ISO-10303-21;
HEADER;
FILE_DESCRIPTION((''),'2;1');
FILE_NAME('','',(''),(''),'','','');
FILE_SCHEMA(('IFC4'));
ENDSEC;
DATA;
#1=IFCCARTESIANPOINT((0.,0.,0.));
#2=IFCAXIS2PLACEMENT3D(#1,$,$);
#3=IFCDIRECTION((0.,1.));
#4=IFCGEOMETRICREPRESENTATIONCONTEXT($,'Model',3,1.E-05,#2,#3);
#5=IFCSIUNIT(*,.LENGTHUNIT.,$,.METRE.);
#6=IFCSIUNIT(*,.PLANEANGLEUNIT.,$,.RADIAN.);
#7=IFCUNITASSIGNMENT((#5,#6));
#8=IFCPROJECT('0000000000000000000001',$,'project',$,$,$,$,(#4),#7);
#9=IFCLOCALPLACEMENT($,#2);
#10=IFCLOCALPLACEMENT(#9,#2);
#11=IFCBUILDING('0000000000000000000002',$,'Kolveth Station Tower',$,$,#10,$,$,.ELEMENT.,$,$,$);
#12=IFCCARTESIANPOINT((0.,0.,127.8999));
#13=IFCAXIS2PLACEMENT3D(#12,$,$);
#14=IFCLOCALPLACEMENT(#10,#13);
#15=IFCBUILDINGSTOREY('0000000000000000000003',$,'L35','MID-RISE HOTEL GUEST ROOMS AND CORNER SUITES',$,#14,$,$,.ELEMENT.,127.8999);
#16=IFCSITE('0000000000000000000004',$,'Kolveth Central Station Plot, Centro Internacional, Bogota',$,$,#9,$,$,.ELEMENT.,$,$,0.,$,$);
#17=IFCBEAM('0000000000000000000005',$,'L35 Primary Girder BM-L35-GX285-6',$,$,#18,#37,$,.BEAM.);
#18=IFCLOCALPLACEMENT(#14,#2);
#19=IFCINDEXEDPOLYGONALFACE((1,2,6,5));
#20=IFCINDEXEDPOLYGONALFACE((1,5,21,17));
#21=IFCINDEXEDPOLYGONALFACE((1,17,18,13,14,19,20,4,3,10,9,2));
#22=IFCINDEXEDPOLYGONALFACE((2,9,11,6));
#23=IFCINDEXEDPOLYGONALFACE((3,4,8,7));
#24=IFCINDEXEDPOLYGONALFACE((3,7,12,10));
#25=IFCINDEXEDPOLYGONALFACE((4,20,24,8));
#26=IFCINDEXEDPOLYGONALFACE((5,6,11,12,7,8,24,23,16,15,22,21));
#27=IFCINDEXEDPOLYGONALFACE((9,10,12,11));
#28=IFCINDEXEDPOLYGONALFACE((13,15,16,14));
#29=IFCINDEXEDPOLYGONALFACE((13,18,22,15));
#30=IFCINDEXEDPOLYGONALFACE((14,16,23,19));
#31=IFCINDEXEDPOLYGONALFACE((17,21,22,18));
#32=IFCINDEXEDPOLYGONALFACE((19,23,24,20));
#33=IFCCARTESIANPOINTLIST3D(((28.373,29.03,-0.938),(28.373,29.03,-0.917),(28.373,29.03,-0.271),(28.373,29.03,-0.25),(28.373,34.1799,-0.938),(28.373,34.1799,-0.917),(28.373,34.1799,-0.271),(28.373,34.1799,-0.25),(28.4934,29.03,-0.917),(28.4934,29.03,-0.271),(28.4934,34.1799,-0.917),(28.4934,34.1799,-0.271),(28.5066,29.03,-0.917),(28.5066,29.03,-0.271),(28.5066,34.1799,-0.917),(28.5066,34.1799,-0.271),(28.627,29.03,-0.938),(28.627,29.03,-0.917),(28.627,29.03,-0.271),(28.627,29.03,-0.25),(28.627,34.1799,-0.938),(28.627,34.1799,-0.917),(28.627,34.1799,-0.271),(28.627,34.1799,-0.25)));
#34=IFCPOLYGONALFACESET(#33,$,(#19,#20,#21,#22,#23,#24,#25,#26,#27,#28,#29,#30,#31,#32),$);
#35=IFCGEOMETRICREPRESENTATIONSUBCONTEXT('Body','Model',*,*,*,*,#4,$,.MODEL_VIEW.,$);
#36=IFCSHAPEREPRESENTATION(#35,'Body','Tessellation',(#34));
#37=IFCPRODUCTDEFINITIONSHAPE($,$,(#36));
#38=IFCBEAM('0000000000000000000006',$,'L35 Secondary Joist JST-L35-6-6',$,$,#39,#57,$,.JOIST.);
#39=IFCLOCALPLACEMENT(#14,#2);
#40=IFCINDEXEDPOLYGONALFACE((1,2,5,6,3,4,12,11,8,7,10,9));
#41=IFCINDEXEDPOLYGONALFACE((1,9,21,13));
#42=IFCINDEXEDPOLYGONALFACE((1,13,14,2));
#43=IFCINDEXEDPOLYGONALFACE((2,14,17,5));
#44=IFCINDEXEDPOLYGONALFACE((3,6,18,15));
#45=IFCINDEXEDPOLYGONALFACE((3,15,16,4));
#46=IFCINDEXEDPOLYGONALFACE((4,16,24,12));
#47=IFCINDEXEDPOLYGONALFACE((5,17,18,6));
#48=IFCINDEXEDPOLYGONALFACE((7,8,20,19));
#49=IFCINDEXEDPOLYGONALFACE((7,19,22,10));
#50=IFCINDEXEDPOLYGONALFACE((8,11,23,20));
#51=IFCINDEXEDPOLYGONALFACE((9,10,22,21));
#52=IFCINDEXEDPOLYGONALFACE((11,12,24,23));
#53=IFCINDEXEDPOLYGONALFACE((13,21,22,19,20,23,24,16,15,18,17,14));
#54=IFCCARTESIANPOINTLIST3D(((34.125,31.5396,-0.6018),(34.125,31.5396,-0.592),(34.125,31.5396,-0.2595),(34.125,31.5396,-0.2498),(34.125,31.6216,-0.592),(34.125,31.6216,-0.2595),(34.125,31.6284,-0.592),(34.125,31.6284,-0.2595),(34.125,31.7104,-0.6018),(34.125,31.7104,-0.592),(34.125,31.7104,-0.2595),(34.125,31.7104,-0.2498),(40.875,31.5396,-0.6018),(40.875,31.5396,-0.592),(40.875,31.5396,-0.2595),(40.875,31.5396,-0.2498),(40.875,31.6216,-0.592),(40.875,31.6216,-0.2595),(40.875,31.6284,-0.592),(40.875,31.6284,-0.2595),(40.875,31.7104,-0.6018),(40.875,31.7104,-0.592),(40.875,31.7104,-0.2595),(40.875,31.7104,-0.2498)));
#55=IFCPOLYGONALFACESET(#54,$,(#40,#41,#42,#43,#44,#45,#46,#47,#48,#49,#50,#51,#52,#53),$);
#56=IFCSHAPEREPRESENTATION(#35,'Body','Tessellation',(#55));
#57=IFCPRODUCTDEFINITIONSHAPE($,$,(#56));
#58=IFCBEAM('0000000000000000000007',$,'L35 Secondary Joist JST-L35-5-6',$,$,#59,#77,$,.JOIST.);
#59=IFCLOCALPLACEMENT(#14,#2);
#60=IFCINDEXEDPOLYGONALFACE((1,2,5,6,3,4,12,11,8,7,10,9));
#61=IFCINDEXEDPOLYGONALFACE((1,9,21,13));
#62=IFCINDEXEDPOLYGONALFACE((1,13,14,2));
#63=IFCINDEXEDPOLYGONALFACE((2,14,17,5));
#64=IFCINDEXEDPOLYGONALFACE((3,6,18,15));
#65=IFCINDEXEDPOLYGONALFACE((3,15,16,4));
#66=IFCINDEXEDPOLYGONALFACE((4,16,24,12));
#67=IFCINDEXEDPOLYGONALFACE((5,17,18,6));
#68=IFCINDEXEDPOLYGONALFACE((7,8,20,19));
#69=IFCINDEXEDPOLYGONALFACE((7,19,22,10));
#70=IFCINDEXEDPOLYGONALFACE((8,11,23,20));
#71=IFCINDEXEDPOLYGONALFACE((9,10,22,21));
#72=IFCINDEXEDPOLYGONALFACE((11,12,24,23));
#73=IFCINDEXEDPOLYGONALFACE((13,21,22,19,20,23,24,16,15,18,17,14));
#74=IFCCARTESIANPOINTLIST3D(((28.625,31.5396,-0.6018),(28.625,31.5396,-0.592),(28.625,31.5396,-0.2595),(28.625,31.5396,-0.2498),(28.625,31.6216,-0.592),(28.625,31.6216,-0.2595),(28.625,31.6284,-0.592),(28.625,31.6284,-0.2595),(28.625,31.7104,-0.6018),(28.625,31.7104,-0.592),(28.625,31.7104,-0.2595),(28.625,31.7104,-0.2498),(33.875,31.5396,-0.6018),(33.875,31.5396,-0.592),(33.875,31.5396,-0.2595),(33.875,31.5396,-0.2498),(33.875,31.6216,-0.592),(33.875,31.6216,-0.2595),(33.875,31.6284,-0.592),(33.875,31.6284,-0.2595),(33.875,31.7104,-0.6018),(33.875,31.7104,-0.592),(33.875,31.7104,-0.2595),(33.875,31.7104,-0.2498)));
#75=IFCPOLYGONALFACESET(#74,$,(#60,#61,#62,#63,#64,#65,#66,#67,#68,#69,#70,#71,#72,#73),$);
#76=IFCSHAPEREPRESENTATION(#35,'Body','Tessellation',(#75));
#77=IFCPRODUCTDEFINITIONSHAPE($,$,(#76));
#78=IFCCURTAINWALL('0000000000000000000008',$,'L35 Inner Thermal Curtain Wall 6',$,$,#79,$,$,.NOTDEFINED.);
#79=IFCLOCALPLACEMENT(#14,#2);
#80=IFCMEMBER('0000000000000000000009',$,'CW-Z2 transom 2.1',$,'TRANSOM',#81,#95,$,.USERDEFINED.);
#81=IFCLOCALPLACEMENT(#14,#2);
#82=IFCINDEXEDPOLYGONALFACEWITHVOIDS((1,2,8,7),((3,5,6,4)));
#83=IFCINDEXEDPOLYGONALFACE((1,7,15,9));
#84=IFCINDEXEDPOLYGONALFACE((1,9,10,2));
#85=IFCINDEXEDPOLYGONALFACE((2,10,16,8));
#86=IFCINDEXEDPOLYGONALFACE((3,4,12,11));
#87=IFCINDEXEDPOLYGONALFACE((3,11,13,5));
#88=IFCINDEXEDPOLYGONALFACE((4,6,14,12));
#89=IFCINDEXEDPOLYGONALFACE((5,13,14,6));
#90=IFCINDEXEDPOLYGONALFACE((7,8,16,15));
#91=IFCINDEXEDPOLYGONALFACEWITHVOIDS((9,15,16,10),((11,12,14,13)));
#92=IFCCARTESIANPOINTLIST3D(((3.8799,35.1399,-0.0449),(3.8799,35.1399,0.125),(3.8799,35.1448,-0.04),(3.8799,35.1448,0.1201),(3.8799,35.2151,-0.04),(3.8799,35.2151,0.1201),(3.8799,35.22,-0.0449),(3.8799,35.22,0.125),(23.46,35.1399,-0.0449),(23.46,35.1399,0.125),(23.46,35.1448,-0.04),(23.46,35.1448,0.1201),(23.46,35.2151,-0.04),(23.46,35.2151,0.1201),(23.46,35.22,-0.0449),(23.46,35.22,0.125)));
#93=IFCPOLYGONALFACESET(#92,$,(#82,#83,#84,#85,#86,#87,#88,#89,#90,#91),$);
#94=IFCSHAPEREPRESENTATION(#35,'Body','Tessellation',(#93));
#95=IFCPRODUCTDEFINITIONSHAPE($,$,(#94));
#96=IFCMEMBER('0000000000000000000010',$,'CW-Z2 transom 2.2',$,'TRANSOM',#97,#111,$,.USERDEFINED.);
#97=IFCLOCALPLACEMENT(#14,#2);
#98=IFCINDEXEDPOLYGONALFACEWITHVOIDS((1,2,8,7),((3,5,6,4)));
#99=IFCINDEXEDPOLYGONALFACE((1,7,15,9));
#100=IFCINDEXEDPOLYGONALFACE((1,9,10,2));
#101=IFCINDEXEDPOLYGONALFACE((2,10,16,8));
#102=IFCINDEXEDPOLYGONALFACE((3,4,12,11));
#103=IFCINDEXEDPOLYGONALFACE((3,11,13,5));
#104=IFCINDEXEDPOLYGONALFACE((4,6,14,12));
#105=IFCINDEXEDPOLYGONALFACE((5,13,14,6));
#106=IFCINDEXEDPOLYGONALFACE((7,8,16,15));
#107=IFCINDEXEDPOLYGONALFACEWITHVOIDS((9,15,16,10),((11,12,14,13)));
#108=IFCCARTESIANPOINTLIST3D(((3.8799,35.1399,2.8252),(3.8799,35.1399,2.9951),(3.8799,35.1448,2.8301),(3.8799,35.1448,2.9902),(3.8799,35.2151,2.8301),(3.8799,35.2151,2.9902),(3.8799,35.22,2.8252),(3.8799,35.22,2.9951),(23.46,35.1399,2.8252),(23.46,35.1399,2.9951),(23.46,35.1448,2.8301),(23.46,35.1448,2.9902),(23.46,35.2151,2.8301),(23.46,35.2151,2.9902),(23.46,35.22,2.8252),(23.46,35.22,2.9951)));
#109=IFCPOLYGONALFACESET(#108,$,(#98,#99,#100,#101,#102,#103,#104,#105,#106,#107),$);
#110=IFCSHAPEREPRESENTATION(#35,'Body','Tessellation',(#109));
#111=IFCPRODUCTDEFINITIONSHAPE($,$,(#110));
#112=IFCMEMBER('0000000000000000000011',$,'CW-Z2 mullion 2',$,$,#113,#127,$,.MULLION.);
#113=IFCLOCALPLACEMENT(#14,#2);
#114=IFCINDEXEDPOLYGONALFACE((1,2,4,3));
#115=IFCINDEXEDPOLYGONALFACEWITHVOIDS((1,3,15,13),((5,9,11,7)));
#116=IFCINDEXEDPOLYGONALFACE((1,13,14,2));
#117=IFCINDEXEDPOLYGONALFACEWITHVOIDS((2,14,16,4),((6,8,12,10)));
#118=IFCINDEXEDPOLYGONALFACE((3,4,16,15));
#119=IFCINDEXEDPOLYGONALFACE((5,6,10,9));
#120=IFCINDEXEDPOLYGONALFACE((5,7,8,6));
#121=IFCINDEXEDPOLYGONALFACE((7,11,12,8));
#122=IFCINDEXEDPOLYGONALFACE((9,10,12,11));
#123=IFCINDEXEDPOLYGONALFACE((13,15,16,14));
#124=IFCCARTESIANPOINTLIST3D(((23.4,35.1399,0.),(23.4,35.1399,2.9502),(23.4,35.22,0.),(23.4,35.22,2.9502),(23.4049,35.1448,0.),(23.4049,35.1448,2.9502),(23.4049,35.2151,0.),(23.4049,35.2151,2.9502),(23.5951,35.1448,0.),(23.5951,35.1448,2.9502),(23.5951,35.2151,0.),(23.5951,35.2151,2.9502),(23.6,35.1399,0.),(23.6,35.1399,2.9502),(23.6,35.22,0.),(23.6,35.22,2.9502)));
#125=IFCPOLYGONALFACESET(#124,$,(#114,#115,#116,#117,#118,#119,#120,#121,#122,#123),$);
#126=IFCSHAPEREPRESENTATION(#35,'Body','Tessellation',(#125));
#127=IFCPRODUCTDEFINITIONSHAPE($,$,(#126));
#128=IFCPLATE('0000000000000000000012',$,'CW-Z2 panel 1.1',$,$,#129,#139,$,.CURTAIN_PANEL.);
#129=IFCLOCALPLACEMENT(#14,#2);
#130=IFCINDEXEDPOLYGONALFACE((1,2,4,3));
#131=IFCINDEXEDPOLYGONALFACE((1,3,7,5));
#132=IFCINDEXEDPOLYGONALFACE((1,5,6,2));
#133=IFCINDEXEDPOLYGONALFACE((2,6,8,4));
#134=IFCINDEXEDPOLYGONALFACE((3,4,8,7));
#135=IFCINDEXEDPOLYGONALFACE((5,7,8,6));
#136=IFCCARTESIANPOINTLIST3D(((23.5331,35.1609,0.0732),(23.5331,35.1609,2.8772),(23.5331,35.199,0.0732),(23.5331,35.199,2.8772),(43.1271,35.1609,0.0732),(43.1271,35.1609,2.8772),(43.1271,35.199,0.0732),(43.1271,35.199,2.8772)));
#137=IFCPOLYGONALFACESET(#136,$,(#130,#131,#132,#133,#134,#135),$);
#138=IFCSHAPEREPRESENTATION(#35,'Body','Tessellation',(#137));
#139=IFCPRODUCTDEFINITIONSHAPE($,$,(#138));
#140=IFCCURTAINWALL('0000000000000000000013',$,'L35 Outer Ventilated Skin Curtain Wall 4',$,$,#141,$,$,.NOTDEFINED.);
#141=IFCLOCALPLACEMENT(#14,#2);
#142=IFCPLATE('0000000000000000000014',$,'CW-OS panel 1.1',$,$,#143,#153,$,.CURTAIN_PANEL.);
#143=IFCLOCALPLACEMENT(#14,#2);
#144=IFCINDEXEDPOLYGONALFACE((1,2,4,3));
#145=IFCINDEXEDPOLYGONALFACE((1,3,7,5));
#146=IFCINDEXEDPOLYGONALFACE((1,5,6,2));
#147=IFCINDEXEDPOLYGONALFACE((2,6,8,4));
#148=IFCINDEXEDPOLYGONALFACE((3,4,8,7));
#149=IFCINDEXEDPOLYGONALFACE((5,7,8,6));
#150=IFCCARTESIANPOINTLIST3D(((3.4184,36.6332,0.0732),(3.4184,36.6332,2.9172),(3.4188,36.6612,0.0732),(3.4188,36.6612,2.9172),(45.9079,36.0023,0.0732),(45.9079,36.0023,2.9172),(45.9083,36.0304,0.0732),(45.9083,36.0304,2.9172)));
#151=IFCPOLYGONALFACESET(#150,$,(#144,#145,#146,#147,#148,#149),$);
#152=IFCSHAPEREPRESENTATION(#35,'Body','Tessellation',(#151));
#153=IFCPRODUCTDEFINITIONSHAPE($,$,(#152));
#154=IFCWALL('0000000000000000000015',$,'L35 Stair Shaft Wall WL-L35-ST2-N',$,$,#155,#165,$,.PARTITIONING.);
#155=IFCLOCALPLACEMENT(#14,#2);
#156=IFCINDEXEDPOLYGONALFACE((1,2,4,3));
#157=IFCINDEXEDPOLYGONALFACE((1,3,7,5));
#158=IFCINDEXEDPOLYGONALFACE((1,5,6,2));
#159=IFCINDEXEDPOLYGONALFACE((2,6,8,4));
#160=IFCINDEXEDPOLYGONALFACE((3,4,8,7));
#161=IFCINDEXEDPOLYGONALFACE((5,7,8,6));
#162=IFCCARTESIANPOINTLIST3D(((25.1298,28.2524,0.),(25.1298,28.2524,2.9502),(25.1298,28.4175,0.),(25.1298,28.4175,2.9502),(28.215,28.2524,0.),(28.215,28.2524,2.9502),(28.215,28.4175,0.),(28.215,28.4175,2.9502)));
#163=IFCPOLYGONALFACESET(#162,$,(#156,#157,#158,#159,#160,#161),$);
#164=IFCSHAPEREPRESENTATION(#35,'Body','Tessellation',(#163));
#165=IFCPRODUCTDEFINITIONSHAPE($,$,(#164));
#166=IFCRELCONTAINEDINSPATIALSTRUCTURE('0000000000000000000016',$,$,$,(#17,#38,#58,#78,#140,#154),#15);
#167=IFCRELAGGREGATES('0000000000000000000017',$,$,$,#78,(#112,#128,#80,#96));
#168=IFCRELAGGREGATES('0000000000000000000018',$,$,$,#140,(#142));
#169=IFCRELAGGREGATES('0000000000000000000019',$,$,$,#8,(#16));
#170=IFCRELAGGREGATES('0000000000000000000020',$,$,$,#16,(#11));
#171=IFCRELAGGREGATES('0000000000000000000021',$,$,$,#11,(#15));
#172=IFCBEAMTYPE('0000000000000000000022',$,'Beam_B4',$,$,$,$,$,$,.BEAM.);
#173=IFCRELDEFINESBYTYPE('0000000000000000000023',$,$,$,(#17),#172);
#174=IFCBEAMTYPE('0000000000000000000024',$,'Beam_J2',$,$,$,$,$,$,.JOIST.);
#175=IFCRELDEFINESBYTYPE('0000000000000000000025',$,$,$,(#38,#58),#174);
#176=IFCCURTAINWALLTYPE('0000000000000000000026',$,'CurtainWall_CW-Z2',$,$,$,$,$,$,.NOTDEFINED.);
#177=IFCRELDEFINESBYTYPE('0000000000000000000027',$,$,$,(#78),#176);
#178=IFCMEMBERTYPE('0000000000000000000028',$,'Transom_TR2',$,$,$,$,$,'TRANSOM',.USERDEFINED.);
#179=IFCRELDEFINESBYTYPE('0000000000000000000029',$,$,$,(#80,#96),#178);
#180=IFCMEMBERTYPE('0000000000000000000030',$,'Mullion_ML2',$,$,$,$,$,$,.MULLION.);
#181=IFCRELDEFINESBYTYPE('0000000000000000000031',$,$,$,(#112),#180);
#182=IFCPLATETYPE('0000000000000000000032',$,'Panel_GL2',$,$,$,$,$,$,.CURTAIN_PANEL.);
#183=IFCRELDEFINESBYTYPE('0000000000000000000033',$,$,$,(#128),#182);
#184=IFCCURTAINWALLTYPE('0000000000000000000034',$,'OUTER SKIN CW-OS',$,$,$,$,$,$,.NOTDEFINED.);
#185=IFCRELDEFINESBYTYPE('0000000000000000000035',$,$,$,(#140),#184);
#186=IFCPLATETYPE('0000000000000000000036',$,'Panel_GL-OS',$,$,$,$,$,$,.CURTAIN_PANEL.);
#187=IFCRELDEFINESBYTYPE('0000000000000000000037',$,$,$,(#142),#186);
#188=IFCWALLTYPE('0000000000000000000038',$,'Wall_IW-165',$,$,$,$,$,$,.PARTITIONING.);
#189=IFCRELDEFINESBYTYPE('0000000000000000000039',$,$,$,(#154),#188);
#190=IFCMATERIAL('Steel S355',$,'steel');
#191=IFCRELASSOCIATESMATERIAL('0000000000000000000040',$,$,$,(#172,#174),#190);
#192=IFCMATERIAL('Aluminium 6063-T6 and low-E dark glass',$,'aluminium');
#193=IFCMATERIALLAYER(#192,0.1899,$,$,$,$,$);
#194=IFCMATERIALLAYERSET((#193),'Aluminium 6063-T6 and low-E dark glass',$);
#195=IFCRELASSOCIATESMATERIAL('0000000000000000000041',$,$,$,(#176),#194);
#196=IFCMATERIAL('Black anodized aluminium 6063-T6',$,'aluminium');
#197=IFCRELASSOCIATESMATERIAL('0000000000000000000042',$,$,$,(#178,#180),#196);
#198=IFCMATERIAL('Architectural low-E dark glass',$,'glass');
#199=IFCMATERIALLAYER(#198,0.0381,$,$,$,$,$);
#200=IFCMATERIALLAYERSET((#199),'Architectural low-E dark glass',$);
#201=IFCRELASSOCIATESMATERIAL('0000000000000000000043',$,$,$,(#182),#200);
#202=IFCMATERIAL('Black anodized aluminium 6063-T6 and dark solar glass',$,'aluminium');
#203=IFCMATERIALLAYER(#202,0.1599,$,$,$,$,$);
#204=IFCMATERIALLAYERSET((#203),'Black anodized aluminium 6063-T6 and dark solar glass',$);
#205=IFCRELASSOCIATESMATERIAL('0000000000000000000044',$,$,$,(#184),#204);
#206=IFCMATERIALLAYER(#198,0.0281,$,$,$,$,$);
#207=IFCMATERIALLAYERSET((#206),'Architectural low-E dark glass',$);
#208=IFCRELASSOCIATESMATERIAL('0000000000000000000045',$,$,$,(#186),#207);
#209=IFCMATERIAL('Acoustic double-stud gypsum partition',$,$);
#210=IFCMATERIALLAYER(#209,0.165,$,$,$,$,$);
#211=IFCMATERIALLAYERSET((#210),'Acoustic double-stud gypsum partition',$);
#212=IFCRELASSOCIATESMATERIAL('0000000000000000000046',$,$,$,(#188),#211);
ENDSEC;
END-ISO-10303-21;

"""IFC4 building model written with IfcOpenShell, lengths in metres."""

from ifc_helpers import new_model, si_unit, direction, frame, frame_2d, origin, origin_2d, place, context, subcontext, project, spatial, rectangle, hollow_rectangle, i_section, extrude, source, transform, mapped, material, layer, layer_set, material_profile, profile_set, type_object, element, aggregate, save


model = new_model("IFC4")

# Units and contexts
model_context = context("Model", 3, precision=1e-05, world=origin(), true_north=direction((0.0, 1.0)))
body_context = subcontext(model_context, "Body", "Model", "MODEL_VIEW")
ifc_project = project(units=[si_unit("LENGTHUNIT", "METRE"), si_unit("PLANEANGLEUNIT", "RADIAN")], contexts=[model_context])

# Site, building, storey
site_placement = place(None, origin())
site = spatial("IfcSite", under=ifc_project, at=site_placement, Name="Kolveth Central Station Plot, Centro Internacional, Bogota", CompositionType="ELEMENT", RefElevation=0.0)
building_placement = place(site_placement, origin())
building = spatial("IfcBuilding", under=site, at=building_placement, Name="Kolveth Station Tower", CompositionType="ELEMENT")
storey_placement = place(building_placement, frame((0.0, 0.0, 127.8999)))
storey = spatial("IfcBuildingStorey", under=building, at=storey_placement, Name="L35", Description="MID-RISE HOTEL GUEST ROOMS AND CORNER SUITES", CompositionType="ELEMENT", Elevation=127.8999)

# Shared definitions
ifc_material_1 = material(Name="Steel S355", Category="steel")

# Beams
ifc_material_profile_1 = material_profile(ifc_material_1, i_section(OverallWidth=0.2539, OverallDepth=0.688, WebThickness=0.0132, FlangeThickness=0.021, at=origin_2d()), Name="W690x152")
ifc_profile_set_1 = profile_set([ifc_material_profile_1], Name="Steel S355")
beam_type_1 = type_object("IfcBeamType", Name="Beam_B4", PredefinedType="BEAM", material=ifc_profile_set_1)
shared_shape_1 = source(origin(), body_context, "Body", "SweptSolid", [
    extrude(i_section(OverallWidth=0.2539, OverallDepth=0.688, WebThickness=0.0132, FlangeThickness=0.021, at=origin_2d()), origin(), (0.0, 0.0, 1.0), 5.1499),
])
beam_1_placement = place(storey_placement, frame((28.5, 29.03, -0.594), z_axis=(0.0, 1.0, 0.0), x_axis=(-1.0, 0.0, 0.0)))
element("IfcBeam", 1, at=beam_1_placement, inside=storey, type_object=beam_type_1, Name="L35 Primary Girder BM-L35-GX285-6", PredefinedType="BEAM", context=body_context, shape_type="MappedRepresentation", body=[
    mapped(shared_shape_1, transform((0.0, 0.0, 0.0), x_axis=(1.0, 0.0, 0.0), y_axis=(0.0, 1.0, 0.0), z_axis=(0.0, 0.0, 1.0), scale=1.0)),
])
ifc_material_profile_2 = material_profile(ifc_material_1, i_section(OverallWidth=0.1709, OverallDepth=0.3521, WebThickness=0.0068, FlangeThickness=0.0098, at=origin_2d()), Name="W360x44")
ifc_profile_set_2 = profile_set([ifc_material_profile_2], Name="Steel S355")
beam_type_2 = type_object("IfcBeamType", Name="Beam_J2", PredefinedType="JOIST", material=ifc_profile_set_2)
shared_shape_2 = source(origin(), body_context, "Body", "SweptSolid", [
    extrude(i_section(OverallWidth=0.1709, OverallDepth=0.3521, WebThickness=0.0068, FlangeThickness=0.0098, at=origin_2d()), origin(), (0.0, 0.0, 1.0), 6.75),
])
beam_2_placement = place(storey_placement, frame((34.125, 31.625, -0.4258), z_axis=(1.0, 0.0, 0.0), x_axis=(0.0, 1.0, 0.0)))
element("IfcBeam", 2, at=beam_2_placement, inside=storey, type_object=beam_type_2, Name="L35 Secondary Joist JST-L35-6-6", PredefinedType="JOIST", context=body_context, shape_type="MappedRepresentation", body=[
    mapped(shared_shape_2, transform((0.0, 0.0, 0.0), x_axis=(1.0, 0.0, 0.0), y_axis=(0.0, 1.0, 0.0), z_axis=(0.0, 0.0, 1.0), scale=1.0)),
])
shared_shape_3 = source(origin(), body_context, "Body", "SweptSolid", [
    extrude(i_section(OverallWidth=0.1709, OverallDepth=0.3521, WebThickness=0.0068, FlangeThickness=0.0098, at=origin_2d()), origin(), (0.0, 0.0, 1.0), 5.25),
])
beam_3_placement = place(storey_placement, frame((28.625, 31.625, -0.4258), z_axis=(1.0, 0.0, 0.0), x_axis=(0.0, 1.0, 0.0)))
element("IfcBeam", 3, at=beam_3_placement, inside=storey, type_object=beam_type_2, Name="L35 Secondary Joist JST-L35-5-6", PredefinedType="JOIST", context=body_context, shape_type="MappedRepresentation", body=[
    mapped(shared_shape_3, transform((0.0, 0.0, 0.0), x_axis=(1.0, 0.0, 0.0), y_axis=(0.0, 1.0, 0.0), z_axis=(0.0, 0.0, 1.0), scale=1.0)),
])

# Curtain wall, members, plate
ifc_material_2 = material(Name="Aluminium 6063-T6 and low-E dark glass", Category="aluminium")
ifc_layer_1 = layer(ifc_material_2, 0.1899)
ifc_layer_set_1 = layer_set([ifc_layer_1], Name="Aluminium 6063-T6 and low-E dark glass")
curtain_wall_type_1 = type_object("IfcCurtainWallType", Name="CurtainWall_CW-Z2", PredefinedType="NOTDEFINED", material=ifc_layer_set_1)
curtain_wall_1_placement = place(storey_placement, origin())
curtain_wall_1 = element("IfcCurtainWall", 4, at=curtain_wall_1_placement, inside=storey, type_object=curtain_wall_type_1, Name="L35 Inner Thermal Curtain Wall 6", PredefinedType="NOTDEFINED")
ifc_material_3 = material(Name="Black anodized aluminium 6063-T6", Category="aluminium")
ifc_material_profile_3 = material_profile(ifc_material_3, hollow_rectangle(XDim=0.0801, YDim=0.1699, WallThickness=0.0049, at=origin_2d()), Name="ALU-80x170x5")
ifc_profile_set_3 = profile_set([ifc_material_profile_3], Name="Black anodized aluminium 6063-T6")
member_type_1 = type_object("IfcMemberType", Name="Transom_TR2", ElementType="TRANSOM", PredefinedType="USERDEFINED", material=ifc_profile_set_3)
shared_shape_4 = source(origin(), body_context, "Body", "SweptSolid", [
    extrude(hollow_rectangle(XDim=0.0801, YDim=0.1699, WallThickness=0.0049, at=origin_2d()), origin(), (0.0, 0.0, 1.0), 19.5801),
])
member_1_placement = place(storey_placement, frame((23.46, 35.1799, 0.04), z_axis=(-1.0, 0.0, 0.0), x_axis=(0.0, -1.0, 0.0)))
member_1 = element("IfcMember", 5, at=member_1_placement, type_object=member_type_1, Name="CW-Z2 transom 2.1", ObjectType="TRANSOM", PredefinedType="USERDEFINED", context=body_context, shape_type="MappedRepresentation", body=[
    mapped(shared_shape_4, transform((0.0, 0.0, 0.0), x_axis=(1.0, 0.0, 0.0), y_axis=(0.0, 1.0, 0.0), z_axis=(0.0, 0.0, 1.0), scale=1.0)),
])
member_2_placement = place(storey_placement, frame((23.46, 35.1799, 2.9102), z_axis=(-1.0, 0.0, 0.0), x_axis=(0.0, -1.0, 0.0)))
member_2 = element("IfcMember", 6, at=member_2_placement, type_object=member_type_1, Name="CW-Z2 transom 2.2", ObjectType="TRANSOM", PredefinedType="USERDEFINED", context=body_context, shape_type="MappedRepresentation", body=[
    mapped(shared_shape_4, transform((0.0, 0.0, 0.0), x_axis=(1.0, 0.0, 0.0), y_axis=(0.0, 1.0, 0.0), z_axis=(0.0, 0.0, 1.0), scale=1.0)),
])
ifc_material_profile_4 = material_profile(ifc_material_3, hollow_rectangle(XDim=0.0801, YDim=0.2, WallThickness=0.0049, at=origin_2d()), Name="ALU-80x200x5")
ifc_profile_set_4 = profile_set([ifc_material_profile_4], Name="Black anodized aluminium 6063-T6")
member_type_2 = type_object("IfcMemberType", Name="Mullion_ML2", PredefinedType="MULLION", material=ifc_profile_set_4)
shared_shape_5 = source(origin(), body_context, "Body", "SweptSolid", [
    extrude(hollow_rectangle(XDim=0.0801, YDim=0.2, WallThickness=0.0049, at=origin_2d()), origin(), (0.0, 0.0, 1.0), 2.9502),
])
member_3_placement = place(storey_placement, frame((23.5, 35.1799, 0.0), z_axis=(0.0, 0.0, 1.0), x_axis=(0.0, -1.0, 0.0)))
member_3 = element("IfcMember", 7, at=member_3_placement, type_object=member_type_2, Name="CW-Z2 mullion 2", PredefinedType="MULLION", context=body_context, shape_type="MappedRepresentation", body=[
    mapped(shared_shape_5, transform((0.0, 0.0, 0.0), x_axis=(1.0, 0.0, 0.0), y_axis=(0.0, 1.0, 0.0), z_axis=(0.0, 0.0, 1.0), scale=1.0)),
])
ifc_material_4 = material(Name="Architectural low-E dark glass", Category="glass")
ifc_layer_2 = layer(ifc_material_4, 0.0381)
ifc_layer_set_2 = layer_set([ifc_layer_2], Name="Architectural low-E dark glass")
plate_type_1 = type_object("IfcPlateType", Name="Panel_GL2", PredefinedType="CURTAIN_PANEL", material=ifc_layer_set_2)
shared_shape_6 = source(origin(), body_context, "Body", "SweptSolid", [
    extrude(rectangle(XDim=19.594, YDim=0.0381, at=origin_2d()), origin(), (0.0, 0.0, 1.0), 2.804),
])
plate_1_placement = place(storey_placement, frame((33.3301, 35.1799, 0.0732), z_axis=(0.0, 0.0, 1.0), x_axis=(-1.0, 0.0, 0.0)))
plate_1 = element("IfcPlate", 8, at=plate_1_placement, type_object=plate_type_1, Name="CW-Z2 panel 1.1", PredefinedType="CURTAIN_PANEL", context=body_context, shape_type="MappedRepresentation", body=[
    mapped(shared_shape_6, transform((0.0, 0.0, 0.0), x_axis=(1.0, 0.0, 0.0), y_axis=(0.0, 1.0, 0.0), z_axis=(0.0, 0.0, 1.0), scale=1.0)),
])
aggregate(curtain_wall_1, [member_3, plate_1, member_1, member_2])

# Curtain wall, plate
ifc_material_5 = material(Name="Black anodized aluminium 6063-T6 and dark solar glass", Category="aluminium")
ifc_layer_3 = layer(ifc_material_5, 0.1599)
ifc_layer_set_3 = layer_set([ifc_layer_3], Name="Black anodized aluminium 6063-T6 and dark solar glass")
curtain_wall_type_2 = type_object("IfcCurtainWallType", Name="OUTER SKIN CW-OS", PredefinedType="NOTDEFINED", material=ifc_layer_set_3)
curtain_wall_2_placement = place(storey_placement, origin())
curtain_wall_2 = element("IfcCurtainWall", 9, at=curtain_wall_2_placement, inside=storey, type_object=curtain_wall_type_2, Name="L35 Outer Ventilated Skin Curtain Wall 4", PredefinedType="NOTDEFINED")
ifc_layer_4 = layer(ifc_material_4, 0.0281)
ifc_layer_set_4 = layer_set([ifc_layer_4], Name="Architectural low-E dark glass")
plate_type_2 = type_object("IfcPlateType", Name="Panel_GL-OS", PredefinedType="CURTAIN_PANEL", material=ifc_layer_set_4)
shared_shape_7 = source(origin(), body_context, "Body", "SweptSolid", [
    extrude(rectangle(XDim=42.4941, YDim=0.0281, at=origin_2d()), origin(), (0.0, 0.0, 1.0), 2.844),
])
plate_2_placement = place(storey_placement, frame((24.6633, 36.3318, 0.0732), z_axis=(0.0, 0.0, 1.0), x_axis=(-0.99989, 0.014845, 0.0)))
plate_2 = element("IfcPlate", 10, at=plate_2_placement, type_object=plate_type_2, Name="CW-OS panel 1.1", PredefinedType="CURTAIN_PANEL", context=body_context, shape_type="MappedRepresentation", body=[
    mapped(shared_shape_7, transform((0.0, 0.0, 0.0), x_axis=(1.0, 0.0, 0.0), y_axis=(0.0, 1.0, 0.0), z_axis=(0.0, 0.0, 1.0), scale=1.0)),
])
aggregate(curtain_wall_2, [plate_2])

# Wall
ifc_material_6 = material(Name="Acoustic double-stud gypsum partition")
ifc_layer_5 = layer(ifc_material_6, 0.165)
ifc_layer_set_5 = layer_set([ifc_layer_5], Name="Acoustic double-stud gypsum partition")
wall_type = type_object("IfcWallType", Name="Wall_IW-165", PredefinedType="PARTITIONING", material=ifc_layer_set_5)
wall_1_placement = place(storey_placement, frame((25.1299, 28.335, 0.0), z_axis=(0.0, 0.0, 1.0), x_axis=(1.0, 0.0, 0.0)))
element("IfcWall", 11, at=wall_1_placement, inside=storey, type_object=wall_type, Name="L35 Stair Shaft Wall WL-L35-ST2-N", PredefinedType="PARTITIONING", context=body_context, shape_type="SweptSolid", body=[
    extrude(rectangle(XDim=3.0852, YDim=0.165, at=frame_2d((1.5425, 0.0))), origin(), (0.0, 0.0, 1.0), 2.9502),
])

save(model, "model.ifc")
